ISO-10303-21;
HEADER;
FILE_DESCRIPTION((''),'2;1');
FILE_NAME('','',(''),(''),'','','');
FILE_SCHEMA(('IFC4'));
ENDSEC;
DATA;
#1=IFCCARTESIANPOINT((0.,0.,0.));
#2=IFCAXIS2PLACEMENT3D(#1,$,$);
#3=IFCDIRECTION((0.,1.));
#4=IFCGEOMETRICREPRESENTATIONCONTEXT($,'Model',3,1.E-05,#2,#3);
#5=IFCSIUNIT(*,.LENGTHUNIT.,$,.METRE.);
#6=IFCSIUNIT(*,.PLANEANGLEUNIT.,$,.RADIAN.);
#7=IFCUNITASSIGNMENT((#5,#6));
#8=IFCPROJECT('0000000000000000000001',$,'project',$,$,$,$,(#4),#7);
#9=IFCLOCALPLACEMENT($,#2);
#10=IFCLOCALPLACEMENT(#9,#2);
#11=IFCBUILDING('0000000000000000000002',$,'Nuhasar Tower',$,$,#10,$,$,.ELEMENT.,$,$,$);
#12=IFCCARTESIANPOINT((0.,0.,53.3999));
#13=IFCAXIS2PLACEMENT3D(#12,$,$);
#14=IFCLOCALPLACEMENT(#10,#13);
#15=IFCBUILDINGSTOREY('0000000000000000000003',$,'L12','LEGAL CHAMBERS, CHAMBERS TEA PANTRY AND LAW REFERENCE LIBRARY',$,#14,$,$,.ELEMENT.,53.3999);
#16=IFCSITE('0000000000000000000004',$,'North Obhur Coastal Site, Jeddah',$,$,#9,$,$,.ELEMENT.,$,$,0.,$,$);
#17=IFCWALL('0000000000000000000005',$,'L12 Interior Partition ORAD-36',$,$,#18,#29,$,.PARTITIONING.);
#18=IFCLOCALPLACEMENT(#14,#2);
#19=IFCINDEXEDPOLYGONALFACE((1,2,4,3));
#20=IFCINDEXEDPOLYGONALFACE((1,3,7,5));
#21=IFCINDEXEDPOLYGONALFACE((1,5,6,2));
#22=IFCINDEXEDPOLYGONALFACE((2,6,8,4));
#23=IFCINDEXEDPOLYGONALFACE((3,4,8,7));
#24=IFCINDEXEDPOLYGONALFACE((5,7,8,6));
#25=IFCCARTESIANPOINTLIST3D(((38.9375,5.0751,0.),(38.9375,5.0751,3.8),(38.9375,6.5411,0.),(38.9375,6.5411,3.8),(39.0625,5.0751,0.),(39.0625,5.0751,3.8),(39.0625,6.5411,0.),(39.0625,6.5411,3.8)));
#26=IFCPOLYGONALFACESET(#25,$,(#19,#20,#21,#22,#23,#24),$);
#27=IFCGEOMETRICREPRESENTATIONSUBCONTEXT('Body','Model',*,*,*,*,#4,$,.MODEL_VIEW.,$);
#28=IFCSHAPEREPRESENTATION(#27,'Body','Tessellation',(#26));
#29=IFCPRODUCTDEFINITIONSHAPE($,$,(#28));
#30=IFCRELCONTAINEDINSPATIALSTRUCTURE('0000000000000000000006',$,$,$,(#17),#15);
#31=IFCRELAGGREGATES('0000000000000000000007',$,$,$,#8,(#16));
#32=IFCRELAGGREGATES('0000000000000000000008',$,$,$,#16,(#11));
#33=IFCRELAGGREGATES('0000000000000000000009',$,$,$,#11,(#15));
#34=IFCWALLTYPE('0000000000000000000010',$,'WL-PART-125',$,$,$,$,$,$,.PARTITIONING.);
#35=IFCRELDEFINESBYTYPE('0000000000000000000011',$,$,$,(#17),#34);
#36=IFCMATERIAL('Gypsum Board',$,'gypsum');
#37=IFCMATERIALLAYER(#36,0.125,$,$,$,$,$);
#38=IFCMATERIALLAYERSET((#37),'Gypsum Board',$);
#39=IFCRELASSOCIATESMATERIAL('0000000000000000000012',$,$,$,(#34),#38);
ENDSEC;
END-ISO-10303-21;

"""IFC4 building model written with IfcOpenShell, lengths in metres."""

from ifc_helpers import new_model, si_unit, direction, frame, frame_2d, origin, place, context, subcontext, project, spatial, rectangle, extrude, material, layer, layer_set, type_object, element, save


model = new_model("IFC4")

# Units and contexts
model_context = context("Model", 3, precision=1e-05, world=origin(), true_north=direction((0.0, 1.0)))
body_context = subcontext(model_context, "Body", "Model", "MODEL_VIEW")
ifc_project = project(units=[si_unit("LENGTHUNIT", "METRE"), si_unit("PLANEANGLEUNIT", "RADIAN")], contexts=[model_context])

# Site, building, storey
site_placement = place(None, origin())
site = spatial("IfcSite", under=ifc_project, at=site_placement, Name="North Obhur Coastal Site, Jeddah", CompositionType="ELEMENT", RefElevation=0.0)
building_placement = place(site_placement, origin())
building = spatial("IfcBuilding", under=site, at=building_placement, Name="Nuhasar Tower", CompositionType="ELEMENT")
storey_placement = place(building_placement, frame((0.0, 0.0, 53.3999)))
storey = spatial("IfcBuildingStorey", under=building, at=storey_placement, Name="L12", Description="LEGAL CHAMBERS, CHAMBERS TEA PANTRY AND LAW REFERENCE LIBRARY", CompositionType="ELEMENT", Elevation=53.3999)

# Shared definitions
ifc_material_1 = material(Name="Gypsum Board", Category="gypsum")

# Wall
ifc_layer_1 = layer(ifc_material_1, 0.125)
ifc_layer_set_1 = layer_set([ifc_layer_1], Name="Gypsum Board")
wall_type_1 = type_object("IfcWallType", Name="WL-PART-125", PredefinedType="PARTITIONING", material=ifc_layer_set_1)
wall_1_placement = place(storey_placement, frame((39.0, 6.541, 0.0), z_axis=(0.0, 0.0, 1.0), x_axis=(0.0, -1.0, 0.0)))
element("IfcWall", 1, at=wall_1_placement, inside=storey, type_object=wall_type_1, Name="L12 Interior Partition ORAD-36", PredefinedType="PARTITIONING", context=body_context, shape_type="SweptSolid", body=[
    extrude(rectangle(XDim=1.4661, YDim=0.125, at=frame_2d((0.7329, 0.0))), origin(), (0.0, 0.0, 1.0), 3.8),
])

save(model, "model.ifc")
